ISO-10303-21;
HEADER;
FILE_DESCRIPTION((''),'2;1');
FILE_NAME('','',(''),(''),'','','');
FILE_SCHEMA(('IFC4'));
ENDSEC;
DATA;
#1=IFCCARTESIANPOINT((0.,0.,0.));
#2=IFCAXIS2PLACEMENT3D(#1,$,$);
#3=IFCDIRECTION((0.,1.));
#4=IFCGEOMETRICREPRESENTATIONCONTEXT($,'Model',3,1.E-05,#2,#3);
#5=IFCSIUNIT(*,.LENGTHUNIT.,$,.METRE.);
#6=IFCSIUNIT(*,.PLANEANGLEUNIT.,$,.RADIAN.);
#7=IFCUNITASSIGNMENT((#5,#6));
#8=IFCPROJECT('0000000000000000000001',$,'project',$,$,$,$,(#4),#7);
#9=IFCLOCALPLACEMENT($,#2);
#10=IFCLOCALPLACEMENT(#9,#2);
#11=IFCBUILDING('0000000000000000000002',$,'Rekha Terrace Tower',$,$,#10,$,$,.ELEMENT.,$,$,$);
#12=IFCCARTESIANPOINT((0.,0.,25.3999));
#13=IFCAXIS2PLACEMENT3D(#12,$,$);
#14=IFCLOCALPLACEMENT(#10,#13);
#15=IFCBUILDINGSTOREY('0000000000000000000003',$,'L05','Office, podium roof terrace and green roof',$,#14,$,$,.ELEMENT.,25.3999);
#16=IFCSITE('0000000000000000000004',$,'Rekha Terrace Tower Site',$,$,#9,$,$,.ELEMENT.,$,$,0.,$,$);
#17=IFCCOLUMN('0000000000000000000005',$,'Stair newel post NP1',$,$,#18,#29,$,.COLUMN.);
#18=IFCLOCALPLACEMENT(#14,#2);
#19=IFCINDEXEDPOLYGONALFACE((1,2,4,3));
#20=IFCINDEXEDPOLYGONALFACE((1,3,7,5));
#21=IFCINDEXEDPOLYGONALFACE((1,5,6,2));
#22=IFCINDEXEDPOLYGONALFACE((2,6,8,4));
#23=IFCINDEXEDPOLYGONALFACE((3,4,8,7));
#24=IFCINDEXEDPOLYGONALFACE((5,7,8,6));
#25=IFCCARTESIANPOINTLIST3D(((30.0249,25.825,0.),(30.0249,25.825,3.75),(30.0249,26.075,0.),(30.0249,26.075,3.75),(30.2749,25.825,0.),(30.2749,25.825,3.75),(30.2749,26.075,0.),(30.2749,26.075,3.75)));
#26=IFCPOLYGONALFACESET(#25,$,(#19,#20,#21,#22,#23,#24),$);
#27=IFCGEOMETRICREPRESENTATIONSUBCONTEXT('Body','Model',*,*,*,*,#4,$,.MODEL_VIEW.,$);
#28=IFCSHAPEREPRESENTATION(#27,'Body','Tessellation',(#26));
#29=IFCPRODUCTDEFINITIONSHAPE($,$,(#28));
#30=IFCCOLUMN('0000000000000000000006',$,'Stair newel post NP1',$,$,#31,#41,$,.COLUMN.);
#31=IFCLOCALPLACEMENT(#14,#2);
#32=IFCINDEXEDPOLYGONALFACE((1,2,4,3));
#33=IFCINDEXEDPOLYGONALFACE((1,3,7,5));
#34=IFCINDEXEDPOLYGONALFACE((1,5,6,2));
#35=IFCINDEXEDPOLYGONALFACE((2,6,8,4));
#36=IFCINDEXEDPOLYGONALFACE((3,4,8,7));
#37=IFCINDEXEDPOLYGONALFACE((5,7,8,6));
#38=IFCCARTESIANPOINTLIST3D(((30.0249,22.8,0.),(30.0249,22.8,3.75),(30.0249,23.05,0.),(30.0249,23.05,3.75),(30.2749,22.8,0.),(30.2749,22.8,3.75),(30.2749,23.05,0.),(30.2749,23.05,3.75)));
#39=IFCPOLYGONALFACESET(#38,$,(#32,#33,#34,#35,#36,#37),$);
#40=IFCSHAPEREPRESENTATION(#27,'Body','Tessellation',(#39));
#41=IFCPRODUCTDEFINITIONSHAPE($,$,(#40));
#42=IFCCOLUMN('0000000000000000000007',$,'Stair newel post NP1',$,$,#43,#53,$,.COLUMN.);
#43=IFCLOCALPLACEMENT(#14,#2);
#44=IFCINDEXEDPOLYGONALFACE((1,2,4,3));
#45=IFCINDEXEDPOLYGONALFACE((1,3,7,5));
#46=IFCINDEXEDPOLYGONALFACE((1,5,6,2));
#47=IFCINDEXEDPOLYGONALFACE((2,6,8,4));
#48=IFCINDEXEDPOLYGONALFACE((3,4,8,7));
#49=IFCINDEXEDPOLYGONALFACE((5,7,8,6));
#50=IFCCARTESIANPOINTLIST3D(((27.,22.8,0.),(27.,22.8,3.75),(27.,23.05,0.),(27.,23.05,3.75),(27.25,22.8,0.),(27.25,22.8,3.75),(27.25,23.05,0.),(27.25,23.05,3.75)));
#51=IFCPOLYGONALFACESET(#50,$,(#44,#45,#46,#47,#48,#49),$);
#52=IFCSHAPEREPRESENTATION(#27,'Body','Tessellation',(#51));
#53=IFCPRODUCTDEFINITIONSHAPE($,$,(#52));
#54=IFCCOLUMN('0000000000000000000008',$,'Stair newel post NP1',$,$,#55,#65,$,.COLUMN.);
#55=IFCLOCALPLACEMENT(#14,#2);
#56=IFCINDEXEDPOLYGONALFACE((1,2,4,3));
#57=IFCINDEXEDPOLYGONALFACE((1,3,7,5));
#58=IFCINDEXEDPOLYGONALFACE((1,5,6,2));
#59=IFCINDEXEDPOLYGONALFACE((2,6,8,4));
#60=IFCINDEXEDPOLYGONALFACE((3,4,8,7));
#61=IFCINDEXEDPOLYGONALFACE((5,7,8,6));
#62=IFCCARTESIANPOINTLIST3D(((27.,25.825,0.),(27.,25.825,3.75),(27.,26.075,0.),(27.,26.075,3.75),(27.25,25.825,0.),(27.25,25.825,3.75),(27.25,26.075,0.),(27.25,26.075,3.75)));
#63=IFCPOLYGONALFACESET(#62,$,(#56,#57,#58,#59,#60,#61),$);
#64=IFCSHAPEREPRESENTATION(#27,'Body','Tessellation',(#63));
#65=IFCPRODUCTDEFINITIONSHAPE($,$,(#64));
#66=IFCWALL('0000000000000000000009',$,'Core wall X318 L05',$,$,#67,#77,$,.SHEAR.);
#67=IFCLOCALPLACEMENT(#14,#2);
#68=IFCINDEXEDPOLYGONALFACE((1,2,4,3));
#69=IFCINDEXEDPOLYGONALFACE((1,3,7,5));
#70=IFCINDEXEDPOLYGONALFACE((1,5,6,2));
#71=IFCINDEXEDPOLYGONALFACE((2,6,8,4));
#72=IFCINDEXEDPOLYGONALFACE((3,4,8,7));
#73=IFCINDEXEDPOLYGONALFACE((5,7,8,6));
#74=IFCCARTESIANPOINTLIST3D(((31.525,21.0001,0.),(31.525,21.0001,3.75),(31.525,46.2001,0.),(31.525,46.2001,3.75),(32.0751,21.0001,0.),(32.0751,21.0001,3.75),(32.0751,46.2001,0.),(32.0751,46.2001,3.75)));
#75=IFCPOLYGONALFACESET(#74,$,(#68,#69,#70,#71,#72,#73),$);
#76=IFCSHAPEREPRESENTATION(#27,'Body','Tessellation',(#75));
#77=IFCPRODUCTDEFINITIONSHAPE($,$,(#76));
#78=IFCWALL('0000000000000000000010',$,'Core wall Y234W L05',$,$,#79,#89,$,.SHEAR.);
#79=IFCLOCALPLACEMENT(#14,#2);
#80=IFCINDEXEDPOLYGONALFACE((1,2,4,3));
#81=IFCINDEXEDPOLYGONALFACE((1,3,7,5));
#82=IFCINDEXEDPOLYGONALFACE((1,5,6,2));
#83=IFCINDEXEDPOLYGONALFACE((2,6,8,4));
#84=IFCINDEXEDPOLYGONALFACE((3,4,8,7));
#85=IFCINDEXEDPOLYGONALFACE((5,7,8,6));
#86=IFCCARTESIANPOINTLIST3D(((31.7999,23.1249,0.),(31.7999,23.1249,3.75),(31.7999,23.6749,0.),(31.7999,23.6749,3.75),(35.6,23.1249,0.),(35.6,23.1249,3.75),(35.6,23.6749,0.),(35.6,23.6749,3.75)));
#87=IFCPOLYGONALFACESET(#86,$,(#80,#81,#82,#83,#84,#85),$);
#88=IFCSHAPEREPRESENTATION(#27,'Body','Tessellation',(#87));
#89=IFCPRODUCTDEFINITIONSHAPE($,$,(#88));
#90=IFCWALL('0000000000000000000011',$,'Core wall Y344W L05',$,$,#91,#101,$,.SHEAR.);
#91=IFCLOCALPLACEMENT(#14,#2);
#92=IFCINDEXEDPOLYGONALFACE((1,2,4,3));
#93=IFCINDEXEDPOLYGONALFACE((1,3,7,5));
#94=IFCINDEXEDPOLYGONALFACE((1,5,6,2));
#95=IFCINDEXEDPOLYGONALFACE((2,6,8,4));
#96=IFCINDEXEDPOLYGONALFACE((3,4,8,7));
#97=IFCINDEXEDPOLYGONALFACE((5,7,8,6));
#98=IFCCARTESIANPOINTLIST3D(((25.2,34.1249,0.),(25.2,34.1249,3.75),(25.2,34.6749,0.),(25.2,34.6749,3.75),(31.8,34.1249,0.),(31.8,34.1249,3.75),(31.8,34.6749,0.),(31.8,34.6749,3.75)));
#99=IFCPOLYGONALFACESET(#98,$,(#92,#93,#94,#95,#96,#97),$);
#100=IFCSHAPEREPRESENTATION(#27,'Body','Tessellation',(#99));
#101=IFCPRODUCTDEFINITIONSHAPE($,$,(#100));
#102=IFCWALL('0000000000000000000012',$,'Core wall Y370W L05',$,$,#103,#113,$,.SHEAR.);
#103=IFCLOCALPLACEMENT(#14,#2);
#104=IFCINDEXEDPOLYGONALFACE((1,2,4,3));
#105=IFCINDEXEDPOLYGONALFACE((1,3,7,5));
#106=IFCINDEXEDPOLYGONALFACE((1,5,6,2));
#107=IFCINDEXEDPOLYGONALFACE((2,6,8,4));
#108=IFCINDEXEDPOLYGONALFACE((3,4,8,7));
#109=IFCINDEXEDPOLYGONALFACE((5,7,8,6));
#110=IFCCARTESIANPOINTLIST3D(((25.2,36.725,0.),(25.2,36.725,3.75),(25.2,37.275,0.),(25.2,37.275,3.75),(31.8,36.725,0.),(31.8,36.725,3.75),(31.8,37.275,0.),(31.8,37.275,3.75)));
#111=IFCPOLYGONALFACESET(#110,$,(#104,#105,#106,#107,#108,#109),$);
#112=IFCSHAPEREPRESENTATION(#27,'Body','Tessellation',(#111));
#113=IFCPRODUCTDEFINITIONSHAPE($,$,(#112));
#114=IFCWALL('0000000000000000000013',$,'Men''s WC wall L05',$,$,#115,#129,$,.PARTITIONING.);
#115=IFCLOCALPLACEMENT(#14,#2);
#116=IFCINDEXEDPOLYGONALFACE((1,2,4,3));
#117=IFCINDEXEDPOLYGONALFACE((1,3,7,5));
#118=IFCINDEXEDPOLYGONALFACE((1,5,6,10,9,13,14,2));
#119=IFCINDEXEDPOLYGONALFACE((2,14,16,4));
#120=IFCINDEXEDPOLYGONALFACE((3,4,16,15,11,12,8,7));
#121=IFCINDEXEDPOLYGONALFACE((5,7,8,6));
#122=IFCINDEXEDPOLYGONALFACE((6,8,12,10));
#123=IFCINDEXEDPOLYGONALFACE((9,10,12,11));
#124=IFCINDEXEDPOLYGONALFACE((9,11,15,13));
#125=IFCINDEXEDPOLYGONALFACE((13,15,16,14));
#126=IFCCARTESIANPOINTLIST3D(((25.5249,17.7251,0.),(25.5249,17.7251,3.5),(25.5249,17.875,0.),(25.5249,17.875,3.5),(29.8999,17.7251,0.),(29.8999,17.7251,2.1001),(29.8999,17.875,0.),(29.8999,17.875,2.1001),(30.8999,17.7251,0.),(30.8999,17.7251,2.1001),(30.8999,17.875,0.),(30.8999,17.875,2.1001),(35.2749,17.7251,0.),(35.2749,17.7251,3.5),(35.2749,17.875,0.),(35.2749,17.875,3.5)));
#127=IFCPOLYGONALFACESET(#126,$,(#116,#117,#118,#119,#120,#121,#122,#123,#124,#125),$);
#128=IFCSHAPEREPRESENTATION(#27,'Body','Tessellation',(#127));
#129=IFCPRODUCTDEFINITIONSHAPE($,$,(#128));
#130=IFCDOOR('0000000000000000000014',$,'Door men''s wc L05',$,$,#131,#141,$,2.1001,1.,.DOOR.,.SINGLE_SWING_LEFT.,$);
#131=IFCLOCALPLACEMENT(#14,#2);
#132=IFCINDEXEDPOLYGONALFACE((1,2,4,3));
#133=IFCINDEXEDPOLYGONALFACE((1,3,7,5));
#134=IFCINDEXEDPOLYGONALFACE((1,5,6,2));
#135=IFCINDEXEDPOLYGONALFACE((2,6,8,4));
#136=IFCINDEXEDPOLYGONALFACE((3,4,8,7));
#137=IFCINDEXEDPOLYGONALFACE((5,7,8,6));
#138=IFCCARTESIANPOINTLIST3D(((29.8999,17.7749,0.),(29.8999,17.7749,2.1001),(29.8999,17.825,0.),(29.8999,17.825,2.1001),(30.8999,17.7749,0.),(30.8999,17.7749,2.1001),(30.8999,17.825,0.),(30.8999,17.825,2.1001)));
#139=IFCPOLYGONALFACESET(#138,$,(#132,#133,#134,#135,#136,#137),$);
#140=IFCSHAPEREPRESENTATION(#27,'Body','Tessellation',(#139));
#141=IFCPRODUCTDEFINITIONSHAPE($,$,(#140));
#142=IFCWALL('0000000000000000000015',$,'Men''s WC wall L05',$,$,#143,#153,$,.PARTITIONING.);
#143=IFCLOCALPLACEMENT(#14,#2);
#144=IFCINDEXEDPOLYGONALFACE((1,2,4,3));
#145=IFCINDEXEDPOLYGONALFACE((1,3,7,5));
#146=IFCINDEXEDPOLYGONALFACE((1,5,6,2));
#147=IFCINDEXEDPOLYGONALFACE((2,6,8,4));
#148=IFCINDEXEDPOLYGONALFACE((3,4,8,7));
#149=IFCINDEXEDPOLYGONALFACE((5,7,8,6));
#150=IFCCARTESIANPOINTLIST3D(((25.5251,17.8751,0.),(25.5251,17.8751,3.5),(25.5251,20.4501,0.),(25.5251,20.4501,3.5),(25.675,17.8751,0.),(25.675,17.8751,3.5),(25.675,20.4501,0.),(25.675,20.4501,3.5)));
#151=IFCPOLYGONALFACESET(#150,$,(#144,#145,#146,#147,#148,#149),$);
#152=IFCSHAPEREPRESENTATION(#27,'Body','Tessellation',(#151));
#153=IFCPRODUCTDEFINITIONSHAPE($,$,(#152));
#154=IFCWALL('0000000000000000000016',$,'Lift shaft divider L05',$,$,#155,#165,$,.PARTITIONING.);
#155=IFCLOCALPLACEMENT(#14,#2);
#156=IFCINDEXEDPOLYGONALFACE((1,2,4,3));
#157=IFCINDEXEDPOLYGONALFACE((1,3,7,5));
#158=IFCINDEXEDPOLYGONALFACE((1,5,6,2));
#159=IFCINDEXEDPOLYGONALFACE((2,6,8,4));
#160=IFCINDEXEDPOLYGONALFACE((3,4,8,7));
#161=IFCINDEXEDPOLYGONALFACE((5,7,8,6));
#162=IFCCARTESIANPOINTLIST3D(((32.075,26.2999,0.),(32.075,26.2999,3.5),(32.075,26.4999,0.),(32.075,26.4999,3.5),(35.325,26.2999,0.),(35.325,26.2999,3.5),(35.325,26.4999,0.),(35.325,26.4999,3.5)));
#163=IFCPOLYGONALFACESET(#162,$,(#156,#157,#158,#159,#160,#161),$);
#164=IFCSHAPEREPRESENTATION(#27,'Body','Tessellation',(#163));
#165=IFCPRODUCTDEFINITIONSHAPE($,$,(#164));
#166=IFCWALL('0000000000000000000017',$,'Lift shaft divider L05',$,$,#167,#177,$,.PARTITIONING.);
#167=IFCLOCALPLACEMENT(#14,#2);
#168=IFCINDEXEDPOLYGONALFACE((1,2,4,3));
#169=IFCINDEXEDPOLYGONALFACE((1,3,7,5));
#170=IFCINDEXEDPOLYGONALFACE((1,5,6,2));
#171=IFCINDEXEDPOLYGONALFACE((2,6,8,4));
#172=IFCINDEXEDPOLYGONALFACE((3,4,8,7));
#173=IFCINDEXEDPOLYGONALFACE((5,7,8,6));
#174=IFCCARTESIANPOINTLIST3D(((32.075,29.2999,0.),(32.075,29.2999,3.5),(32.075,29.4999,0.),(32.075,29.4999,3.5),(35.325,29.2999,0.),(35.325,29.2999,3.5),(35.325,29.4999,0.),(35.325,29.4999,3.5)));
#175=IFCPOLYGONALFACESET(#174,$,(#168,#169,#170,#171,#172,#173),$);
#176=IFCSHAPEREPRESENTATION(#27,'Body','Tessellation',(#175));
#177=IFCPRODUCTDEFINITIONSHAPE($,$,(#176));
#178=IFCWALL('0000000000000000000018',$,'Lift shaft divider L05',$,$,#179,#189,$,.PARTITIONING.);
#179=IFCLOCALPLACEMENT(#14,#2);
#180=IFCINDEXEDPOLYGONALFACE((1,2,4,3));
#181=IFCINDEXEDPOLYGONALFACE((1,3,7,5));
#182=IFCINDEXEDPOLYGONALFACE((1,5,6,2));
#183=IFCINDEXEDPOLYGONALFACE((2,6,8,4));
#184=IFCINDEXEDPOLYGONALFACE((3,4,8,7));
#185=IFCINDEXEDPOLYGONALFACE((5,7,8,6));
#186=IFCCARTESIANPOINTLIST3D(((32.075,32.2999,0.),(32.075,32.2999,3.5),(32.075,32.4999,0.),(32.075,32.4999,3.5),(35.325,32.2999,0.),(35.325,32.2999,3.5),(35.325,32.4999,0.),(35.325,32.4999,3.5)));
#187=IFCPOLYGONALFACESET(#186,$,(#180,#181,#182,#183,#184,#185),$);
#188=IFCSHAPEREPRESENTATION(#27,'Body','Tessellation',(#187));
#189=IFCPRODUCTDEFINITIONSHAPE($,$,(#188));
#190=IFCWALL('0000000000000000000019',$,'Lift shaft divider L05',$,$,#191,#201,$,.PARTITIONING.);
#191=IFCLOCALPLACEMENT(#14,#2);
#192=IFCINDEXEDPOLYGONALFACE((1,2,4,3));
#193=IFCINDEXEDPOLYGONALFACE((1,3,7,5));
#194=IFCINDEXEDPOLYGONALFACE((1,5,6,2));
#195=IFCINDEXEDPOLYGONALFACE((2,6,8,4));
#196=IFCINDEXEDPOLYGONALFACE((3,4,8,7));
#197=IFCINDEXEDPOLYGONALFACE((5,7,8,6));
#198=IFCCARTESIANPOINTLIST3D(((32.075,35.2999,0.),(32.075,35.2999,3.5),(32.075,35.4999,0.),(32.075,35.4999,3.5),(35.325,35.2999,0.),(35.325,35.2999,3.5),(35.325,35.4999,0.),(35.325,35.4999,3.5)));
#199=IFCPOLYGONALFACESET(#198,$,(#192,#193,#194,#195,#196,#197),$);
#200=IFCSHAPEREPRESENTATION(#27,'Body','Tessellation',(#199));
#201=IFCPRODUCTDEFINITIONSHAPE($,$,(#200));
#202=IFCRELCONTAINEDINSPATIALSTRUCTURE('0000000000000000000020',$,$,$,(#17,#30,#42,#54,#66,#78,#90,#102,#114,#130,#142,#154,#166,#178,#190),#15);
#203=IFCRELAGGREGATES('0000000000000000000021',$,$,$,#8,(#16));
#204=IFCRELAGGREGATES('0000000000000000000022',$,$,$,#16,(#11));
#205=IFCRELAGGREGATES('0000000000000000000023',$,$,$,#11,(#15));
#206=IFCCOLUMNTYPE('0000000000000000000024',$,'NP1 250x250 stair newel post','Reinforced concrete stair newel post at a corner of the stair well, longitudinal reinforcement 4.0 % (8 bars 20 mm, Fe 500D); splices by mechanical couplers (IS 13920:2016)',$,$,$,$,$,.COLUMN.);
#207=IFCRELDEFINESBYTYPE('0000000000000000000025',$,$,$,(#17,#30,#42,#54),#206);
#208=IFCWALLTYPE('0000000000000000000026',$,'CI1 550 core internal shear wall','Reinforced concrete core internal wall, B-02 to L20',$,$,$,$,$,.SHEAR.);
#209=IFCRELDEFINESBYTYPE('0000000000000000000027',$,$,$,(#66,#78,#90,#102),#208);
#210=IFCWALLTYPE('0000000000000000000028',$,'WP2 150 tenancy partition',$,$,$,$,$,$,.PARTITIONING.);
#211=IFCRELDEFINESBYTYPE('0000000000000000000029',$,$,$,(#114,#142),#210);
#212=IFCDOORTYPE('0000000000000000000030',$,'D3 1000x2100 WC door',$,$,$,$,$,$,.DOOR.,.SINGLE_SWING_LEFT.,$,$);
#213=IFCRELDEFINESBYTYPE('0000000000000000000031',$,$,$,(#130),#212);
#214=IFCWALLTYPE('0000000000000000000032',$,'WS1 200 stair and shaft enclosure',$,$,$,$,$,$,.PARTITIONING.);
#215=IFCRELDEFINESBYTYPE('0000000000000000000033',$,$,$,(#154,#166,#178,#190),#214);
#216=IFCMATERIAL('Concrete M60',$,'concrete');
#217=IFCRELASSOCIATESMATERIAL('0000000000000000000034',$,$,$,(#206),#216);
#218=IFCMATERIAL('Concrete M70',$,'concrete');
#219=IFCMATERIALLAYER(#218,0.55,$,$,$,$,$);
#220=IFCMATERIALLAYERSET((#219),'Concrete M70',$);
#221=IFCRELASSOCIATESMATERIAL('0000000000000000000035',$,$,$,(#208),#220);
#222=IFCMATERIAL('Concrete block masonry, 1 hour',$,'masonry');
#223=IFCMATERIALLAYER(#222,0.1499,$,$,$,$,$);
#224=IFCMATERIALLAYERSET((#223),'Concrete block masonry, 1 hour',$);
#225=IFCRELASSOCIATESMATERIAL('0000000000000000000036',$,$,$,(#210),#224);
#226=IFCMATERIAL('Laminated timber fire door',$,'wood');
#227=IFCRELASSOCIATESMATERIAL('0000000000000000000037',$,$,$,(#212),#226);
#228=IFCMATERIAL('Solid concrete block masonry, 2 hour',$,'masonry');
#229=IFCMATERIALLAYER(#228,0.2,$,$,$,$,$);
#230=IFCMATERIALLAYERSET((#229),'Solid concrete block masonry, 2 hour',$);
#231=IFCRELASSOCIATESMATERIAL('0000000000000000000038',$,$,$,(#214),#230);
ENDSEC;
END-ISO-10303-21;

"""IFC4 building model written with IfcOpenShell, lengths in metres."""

from ifc_helpers import new_model, si_unit, direction, frame, frame_2d, origin, origin_2d, place, context, subcontext, project, spatial, rectangle, extrude, material, layer, layer_set, material_profile, profile_set, type_object, element, fill, save


model = new_model("IFC4")

# Units and contexts
model_context = context("Model", 3, precision=1e-05, world=origin(), true_north=direction((0.0, 1.0)))
body_context = subcontext(model_context, "Body", "Model", "MODEL_VIEW")
ifc_project = project(units=[si_unit("LENGTHUNIT", "METRE"), si_unit("PLANEANGLEUNIT", "RADIAN")], contexts=[model_context])

# Site, building, storey
site_placement = place(None, origin())
site = spatial("IfcSite", under=ifc_project, at=site_placement, Name="Rekha Terrace Tower Site", CompositionType="ELEMENT", RefElevation=0.0)
building_placement = place(site_placement, origin())
building = spatial("IfcBuilding", under=site, at=building_placement, Name="Rekha Terrace Tower", CompositionType="ELEMENT")
storey_placement = place(building_placement, frame((0.0, 0.0, 25.3999)))
storey = spatial("IfcBuildingStorey", under=building, at=storey_placement, Name="L05", Description="Office, podium roof terrace and green roof", CompositionType="ELEMENT", Elevation=25.3999)

# Columns
ifc_material_1 = material(Name="Concrete M60", Category="concrete")
ifc_material_profile = material_profile(ifc_material_1, rectangle(XDim=0.25, YDim=0.25, at=origin_2d()), Name="RC 250x250")
ifc_profile_set = profile_set([ifc_material_profile], Name="Concrete M60")
column_type = type_object("IfcColumnType", Name="NP1 250x250 stair newel post", Description="Reinforced concrete stair newel post at a corner of the stair well, longitudinal reinforcement 4.0 % (8 bars 20 mm, Fe 500D); splices by mechanical couplers (IS 13920:2016)", PredefinedType="COLUMN", material=ifc_profile_set)
for number, where, z_axis, x_axis, name in (
    (1, (30.1499, 25.95, 0.0), (0.0, 0.0, 1.0), (1.0, 0.0, 0.0), "Stair newel post NP1"),
    (2, (30.1499, 22.925, 0.0), (0.0, 0.0, 1.0), (1.0, 0.0, 0.0), "Stair newel post NP1"),
    (3, (27.125, 22.925, 0.0), (0.0, 0.0, 1.0), (1.0, 0.0, 0.0), "Stair newel post NP1"),
    (4, (27.125, 25.95, 0.0), (0.0, 0.0, 1.0), (1.0, 0.0, 0.0), "Stair newel post NP1"),
):
    element("IfcColumn", number, at=place(storey_placement, frame(where, z_axis=z_axis, x_axis=x_axis)), inside=storey, type_object=column_type, Name=name, PredefinedType="COLUMN", context=body_context, shape_type="SweptSolid", body=[
        extrude(rectangle(XDim=0.25, YDim=0.25, at=origin_2d()), origin(), (0.0, 0.0, 1.0), 3.75),
    ])

# Walls
ifc_material_2 = material(Name="Concrete M70", Category="concrete")
ifc_layer_1 = layer(ifc_material_2, 0.55)
ifc_layer_set_1 = layer_set([ifc_layer_1], Name="Concrete M70")
wall_type_1 = type_object("IfcWallType", Name="CI1 550 core internal shear wall", Description="Reinforced concrete core internal wall, B-02 to L20", PredefinedType="SHEAR", material=ifc_layer_set_1)
wall_1_placement = place(storey_placement, frame((31.8, 21.0, 0.0), z_axis=(0.0, 0.0, 1.0), x_axis=(0.0, 1.0, 0.0)))
element("IfcWall", 5, at=wall_1_placement, inside=storey, type_object=wall_type_1, Name="Core wall X318 L05", PredefinedType="SHEAR", context=body_context, shape_type="SweptSolid", body=[
    extrude(rectangle(XDim=25.2, YDim=0.55, at=frame_2d((12.6001, 0.0))), origin(), (0.0, 0.0, 1.0), 3.75),
])
wall_2_placement = place(storey_placement, frame((31.8, 23.3999, 0.0), z_axis=(0.0, 0.0, 1.0), x_axis=(1.0, 0.0, 0.0)))
element("IfcWall", 6, at=wall_2_placement, inside=storey, type_object=wall_type_1, Name="Core wall Y234W L05", PredefinedType="SHEAR", context=body_context, shape_type="SweptSolid", body=[
    extrude(rectangle(XDim=3.8, YDim=0.55, at=frame_2d((1.8999, 0.0))), origin(), (0.0, 0.0, 1.0), 3.75),
])
for number, where, z_axis, x_axis, name in (
    (7, (25.2, 34.3999, 0.0), (0.0, 0.0, 1.0), (1.0, 0.0, 0.0), "Core wall Y344W L05"),
    (8, (25.2, 37.0, 0.0), (0.0, 0.0, 1.0), (1.0, 0.0, 0.0), "Core wall Y370W L05"),
):
    element("IfcWall", number, at=place(storey_placement, frame(where, z_axis=z_axis, x_axis=x_axis)), inside=storey, type_object=wall_type_1, Name=name, PredefinedType="SHEAR", context=body_context, shape_type="SweptSolid", body=[
        extrude(rectangle(XDim=6.6001, YDim=0.55, at=frame_2d((3.3, 0.0))), origin(), (0.0, 0.0, 1.0), 3.75),
    ])

# Wall, opening, door
ifc_material_3 = material(Name="Concrete block masonry, 1 hour", Category="masonry")
ifc_layer_2 = layer(ifc_material_3, 0.1499)
ifc_layer_set_2 = layer_set([ifc_layer_2], Name="Concrete block masonry, 1 hour")
wall_type_2 = type_object("IfcWallType", Name="WP2 150 tenancy partition", PredefinedType="PARTITIONING", material=ifc_layer_set_2)
wall_3_placement = place(storey_placement, frame((25.5249, 17.8, 0.0), z_axis=(0.0, 0.0, 1.0), x_axis=(1.0, 0.0, 0.0)))
wall_3 = element("IfcWall", 9, at=wall_3_placement, inside=storey, type_object=wall_type_2, Name="Men's WC wall L05", PredefinedType="PARTITIONING", context=body_context, shape_type="SweptSolid", body=[
    extrude(rectangle(XDim=9.75, YDim=0.1499, at=frame_2d((4.875, 0.0))), origin(), (0.0, 0.0, 1.0), 3.5),
])
opening_placement = place(wall_3_placement, frame((4.375, 0.0, 0.0)))
opening = element("IfcOpeningElement", 10, at=opening_placement, cuts=wall_3, PredefinedType="OPENING", context=body_context, shape_type="SweptSolid", body=[
    extrude(rectangle(XDim=1.0, YDim=2.1001, at=frame_2d((0.5, 1.05))), frame((0.0, 0.085, 0.0), z_axis=(0.0, -1.0, 0.0), x_axis=(1.0, 0.0, 0.0)), (0.0, 0.0, 1.0), 0.1699),
])
ifc_material_4 = material(Name="Laminated timber fire door", Category="wood")
door_type = type_object("IfcDoorType", Name="D3 1000x2100 WC door", OperationType="SINGLE_SWING_LEFT", PredefinedType="DOOR", material=ifc_material_4)
door_placement = place(opening_placement, origin())
door = element("IfcDoor", 11, at=door_placement, inside=storey, type_object=door_type, Name="Door men's wc L05", OperationType="SINGLE_SWING_LEFT", OverallHeight=2.1001, OverallWidth=1.0, PredefinedType="DOOR", context=body_context, shape_type="SweptSolid", body=[
    extrude(rectangle(XDim=1.0, YDim=2.1001, at=frame_2d((0.5, 1.05))), frame((0.0, 0.0249, 0.0), z_axis=(0.0, -1.0, 0.0), x_axis=(1.0, 0.0, 0.0)), (0.0, 0.0, 1.0), 0.05),
])
fill(opening, door)

# Walls
wall_4_placement = place(storey_placement, frame((25.6001, 17.875, 0.0), z_axis=(0.0, 0.0, 1.0), x_axis=(0.0, 1.0, 0.0)))
element("IfcWall", 12, at=wall_4_placement, inside=storey, type_object=wall_type_2, Name="Men's WC wall L05", PredefinedType="PARTITIONING", context=body_context, shape_type="SweptSolid", body=[
    extrude(rectangle(XDim=2.575, YDim=0.1499, at=frame_2d((1.2876, 0.0))), origin(), (0.0, 0.0, 1.0), 3.5),
])
ifc_material_5 = material(Name="Solid concrete block masonry, 2 hour", Category="masonry")
ifc_layer_3 = layer(ifc_material_5, 0.2)
ifc_layer_set_3 = layer_set([ifc_layer_3], Name="Solid concrete block masonry, 2 hour")
wall_type_3 = type_object("IfcWallType", Name="WS1 200 stair and shaft enclosure", PredefinedType="PARTITIONING", material=ifc_layer_set_3)
for number, where, z_axis, x_axis, name in (
    (13, (32.075, 26.3999, 0.0), (0.0, 0.0, 1.0), (1.0, 0.0, 0.0), "Lift shaft divider L05"),
    (14, (32.075, 29.3999, 0.0), (0.0, 0.0, 1.0), (1.0, 0.0, 0.0), "Lift shaft divider L05"),
    (15, (32.075, 32.3999, 0.0), (0.0, 0.0, 1.0), (1.0, 0.0, 0.0), "Lift shaft divider L05"),
    (16, (32.075, 35.3999, 0.0), (0.0, 0.0, 1.0), (1.0, 0.0, 0.0), "Lift shaft divider L05"),
):
    element("IfcWall", number, at=place(storey_placement, frame(where, z_axis=z_axis, x_axis=x_axis)), inside=storey, type_object=wall_type_3, Name=name, PredefinedType="PARTITIONING", context=body_context, shape_type="SweptSolid", body=[
        extrude(rectangle(XDim=3.25, YDim=0.2, at=frame_2d((1.625, 0.0))), origin(), (0.0, 0.0, 1.0), 3.5),
    ])

save(model, "model.ifc")
